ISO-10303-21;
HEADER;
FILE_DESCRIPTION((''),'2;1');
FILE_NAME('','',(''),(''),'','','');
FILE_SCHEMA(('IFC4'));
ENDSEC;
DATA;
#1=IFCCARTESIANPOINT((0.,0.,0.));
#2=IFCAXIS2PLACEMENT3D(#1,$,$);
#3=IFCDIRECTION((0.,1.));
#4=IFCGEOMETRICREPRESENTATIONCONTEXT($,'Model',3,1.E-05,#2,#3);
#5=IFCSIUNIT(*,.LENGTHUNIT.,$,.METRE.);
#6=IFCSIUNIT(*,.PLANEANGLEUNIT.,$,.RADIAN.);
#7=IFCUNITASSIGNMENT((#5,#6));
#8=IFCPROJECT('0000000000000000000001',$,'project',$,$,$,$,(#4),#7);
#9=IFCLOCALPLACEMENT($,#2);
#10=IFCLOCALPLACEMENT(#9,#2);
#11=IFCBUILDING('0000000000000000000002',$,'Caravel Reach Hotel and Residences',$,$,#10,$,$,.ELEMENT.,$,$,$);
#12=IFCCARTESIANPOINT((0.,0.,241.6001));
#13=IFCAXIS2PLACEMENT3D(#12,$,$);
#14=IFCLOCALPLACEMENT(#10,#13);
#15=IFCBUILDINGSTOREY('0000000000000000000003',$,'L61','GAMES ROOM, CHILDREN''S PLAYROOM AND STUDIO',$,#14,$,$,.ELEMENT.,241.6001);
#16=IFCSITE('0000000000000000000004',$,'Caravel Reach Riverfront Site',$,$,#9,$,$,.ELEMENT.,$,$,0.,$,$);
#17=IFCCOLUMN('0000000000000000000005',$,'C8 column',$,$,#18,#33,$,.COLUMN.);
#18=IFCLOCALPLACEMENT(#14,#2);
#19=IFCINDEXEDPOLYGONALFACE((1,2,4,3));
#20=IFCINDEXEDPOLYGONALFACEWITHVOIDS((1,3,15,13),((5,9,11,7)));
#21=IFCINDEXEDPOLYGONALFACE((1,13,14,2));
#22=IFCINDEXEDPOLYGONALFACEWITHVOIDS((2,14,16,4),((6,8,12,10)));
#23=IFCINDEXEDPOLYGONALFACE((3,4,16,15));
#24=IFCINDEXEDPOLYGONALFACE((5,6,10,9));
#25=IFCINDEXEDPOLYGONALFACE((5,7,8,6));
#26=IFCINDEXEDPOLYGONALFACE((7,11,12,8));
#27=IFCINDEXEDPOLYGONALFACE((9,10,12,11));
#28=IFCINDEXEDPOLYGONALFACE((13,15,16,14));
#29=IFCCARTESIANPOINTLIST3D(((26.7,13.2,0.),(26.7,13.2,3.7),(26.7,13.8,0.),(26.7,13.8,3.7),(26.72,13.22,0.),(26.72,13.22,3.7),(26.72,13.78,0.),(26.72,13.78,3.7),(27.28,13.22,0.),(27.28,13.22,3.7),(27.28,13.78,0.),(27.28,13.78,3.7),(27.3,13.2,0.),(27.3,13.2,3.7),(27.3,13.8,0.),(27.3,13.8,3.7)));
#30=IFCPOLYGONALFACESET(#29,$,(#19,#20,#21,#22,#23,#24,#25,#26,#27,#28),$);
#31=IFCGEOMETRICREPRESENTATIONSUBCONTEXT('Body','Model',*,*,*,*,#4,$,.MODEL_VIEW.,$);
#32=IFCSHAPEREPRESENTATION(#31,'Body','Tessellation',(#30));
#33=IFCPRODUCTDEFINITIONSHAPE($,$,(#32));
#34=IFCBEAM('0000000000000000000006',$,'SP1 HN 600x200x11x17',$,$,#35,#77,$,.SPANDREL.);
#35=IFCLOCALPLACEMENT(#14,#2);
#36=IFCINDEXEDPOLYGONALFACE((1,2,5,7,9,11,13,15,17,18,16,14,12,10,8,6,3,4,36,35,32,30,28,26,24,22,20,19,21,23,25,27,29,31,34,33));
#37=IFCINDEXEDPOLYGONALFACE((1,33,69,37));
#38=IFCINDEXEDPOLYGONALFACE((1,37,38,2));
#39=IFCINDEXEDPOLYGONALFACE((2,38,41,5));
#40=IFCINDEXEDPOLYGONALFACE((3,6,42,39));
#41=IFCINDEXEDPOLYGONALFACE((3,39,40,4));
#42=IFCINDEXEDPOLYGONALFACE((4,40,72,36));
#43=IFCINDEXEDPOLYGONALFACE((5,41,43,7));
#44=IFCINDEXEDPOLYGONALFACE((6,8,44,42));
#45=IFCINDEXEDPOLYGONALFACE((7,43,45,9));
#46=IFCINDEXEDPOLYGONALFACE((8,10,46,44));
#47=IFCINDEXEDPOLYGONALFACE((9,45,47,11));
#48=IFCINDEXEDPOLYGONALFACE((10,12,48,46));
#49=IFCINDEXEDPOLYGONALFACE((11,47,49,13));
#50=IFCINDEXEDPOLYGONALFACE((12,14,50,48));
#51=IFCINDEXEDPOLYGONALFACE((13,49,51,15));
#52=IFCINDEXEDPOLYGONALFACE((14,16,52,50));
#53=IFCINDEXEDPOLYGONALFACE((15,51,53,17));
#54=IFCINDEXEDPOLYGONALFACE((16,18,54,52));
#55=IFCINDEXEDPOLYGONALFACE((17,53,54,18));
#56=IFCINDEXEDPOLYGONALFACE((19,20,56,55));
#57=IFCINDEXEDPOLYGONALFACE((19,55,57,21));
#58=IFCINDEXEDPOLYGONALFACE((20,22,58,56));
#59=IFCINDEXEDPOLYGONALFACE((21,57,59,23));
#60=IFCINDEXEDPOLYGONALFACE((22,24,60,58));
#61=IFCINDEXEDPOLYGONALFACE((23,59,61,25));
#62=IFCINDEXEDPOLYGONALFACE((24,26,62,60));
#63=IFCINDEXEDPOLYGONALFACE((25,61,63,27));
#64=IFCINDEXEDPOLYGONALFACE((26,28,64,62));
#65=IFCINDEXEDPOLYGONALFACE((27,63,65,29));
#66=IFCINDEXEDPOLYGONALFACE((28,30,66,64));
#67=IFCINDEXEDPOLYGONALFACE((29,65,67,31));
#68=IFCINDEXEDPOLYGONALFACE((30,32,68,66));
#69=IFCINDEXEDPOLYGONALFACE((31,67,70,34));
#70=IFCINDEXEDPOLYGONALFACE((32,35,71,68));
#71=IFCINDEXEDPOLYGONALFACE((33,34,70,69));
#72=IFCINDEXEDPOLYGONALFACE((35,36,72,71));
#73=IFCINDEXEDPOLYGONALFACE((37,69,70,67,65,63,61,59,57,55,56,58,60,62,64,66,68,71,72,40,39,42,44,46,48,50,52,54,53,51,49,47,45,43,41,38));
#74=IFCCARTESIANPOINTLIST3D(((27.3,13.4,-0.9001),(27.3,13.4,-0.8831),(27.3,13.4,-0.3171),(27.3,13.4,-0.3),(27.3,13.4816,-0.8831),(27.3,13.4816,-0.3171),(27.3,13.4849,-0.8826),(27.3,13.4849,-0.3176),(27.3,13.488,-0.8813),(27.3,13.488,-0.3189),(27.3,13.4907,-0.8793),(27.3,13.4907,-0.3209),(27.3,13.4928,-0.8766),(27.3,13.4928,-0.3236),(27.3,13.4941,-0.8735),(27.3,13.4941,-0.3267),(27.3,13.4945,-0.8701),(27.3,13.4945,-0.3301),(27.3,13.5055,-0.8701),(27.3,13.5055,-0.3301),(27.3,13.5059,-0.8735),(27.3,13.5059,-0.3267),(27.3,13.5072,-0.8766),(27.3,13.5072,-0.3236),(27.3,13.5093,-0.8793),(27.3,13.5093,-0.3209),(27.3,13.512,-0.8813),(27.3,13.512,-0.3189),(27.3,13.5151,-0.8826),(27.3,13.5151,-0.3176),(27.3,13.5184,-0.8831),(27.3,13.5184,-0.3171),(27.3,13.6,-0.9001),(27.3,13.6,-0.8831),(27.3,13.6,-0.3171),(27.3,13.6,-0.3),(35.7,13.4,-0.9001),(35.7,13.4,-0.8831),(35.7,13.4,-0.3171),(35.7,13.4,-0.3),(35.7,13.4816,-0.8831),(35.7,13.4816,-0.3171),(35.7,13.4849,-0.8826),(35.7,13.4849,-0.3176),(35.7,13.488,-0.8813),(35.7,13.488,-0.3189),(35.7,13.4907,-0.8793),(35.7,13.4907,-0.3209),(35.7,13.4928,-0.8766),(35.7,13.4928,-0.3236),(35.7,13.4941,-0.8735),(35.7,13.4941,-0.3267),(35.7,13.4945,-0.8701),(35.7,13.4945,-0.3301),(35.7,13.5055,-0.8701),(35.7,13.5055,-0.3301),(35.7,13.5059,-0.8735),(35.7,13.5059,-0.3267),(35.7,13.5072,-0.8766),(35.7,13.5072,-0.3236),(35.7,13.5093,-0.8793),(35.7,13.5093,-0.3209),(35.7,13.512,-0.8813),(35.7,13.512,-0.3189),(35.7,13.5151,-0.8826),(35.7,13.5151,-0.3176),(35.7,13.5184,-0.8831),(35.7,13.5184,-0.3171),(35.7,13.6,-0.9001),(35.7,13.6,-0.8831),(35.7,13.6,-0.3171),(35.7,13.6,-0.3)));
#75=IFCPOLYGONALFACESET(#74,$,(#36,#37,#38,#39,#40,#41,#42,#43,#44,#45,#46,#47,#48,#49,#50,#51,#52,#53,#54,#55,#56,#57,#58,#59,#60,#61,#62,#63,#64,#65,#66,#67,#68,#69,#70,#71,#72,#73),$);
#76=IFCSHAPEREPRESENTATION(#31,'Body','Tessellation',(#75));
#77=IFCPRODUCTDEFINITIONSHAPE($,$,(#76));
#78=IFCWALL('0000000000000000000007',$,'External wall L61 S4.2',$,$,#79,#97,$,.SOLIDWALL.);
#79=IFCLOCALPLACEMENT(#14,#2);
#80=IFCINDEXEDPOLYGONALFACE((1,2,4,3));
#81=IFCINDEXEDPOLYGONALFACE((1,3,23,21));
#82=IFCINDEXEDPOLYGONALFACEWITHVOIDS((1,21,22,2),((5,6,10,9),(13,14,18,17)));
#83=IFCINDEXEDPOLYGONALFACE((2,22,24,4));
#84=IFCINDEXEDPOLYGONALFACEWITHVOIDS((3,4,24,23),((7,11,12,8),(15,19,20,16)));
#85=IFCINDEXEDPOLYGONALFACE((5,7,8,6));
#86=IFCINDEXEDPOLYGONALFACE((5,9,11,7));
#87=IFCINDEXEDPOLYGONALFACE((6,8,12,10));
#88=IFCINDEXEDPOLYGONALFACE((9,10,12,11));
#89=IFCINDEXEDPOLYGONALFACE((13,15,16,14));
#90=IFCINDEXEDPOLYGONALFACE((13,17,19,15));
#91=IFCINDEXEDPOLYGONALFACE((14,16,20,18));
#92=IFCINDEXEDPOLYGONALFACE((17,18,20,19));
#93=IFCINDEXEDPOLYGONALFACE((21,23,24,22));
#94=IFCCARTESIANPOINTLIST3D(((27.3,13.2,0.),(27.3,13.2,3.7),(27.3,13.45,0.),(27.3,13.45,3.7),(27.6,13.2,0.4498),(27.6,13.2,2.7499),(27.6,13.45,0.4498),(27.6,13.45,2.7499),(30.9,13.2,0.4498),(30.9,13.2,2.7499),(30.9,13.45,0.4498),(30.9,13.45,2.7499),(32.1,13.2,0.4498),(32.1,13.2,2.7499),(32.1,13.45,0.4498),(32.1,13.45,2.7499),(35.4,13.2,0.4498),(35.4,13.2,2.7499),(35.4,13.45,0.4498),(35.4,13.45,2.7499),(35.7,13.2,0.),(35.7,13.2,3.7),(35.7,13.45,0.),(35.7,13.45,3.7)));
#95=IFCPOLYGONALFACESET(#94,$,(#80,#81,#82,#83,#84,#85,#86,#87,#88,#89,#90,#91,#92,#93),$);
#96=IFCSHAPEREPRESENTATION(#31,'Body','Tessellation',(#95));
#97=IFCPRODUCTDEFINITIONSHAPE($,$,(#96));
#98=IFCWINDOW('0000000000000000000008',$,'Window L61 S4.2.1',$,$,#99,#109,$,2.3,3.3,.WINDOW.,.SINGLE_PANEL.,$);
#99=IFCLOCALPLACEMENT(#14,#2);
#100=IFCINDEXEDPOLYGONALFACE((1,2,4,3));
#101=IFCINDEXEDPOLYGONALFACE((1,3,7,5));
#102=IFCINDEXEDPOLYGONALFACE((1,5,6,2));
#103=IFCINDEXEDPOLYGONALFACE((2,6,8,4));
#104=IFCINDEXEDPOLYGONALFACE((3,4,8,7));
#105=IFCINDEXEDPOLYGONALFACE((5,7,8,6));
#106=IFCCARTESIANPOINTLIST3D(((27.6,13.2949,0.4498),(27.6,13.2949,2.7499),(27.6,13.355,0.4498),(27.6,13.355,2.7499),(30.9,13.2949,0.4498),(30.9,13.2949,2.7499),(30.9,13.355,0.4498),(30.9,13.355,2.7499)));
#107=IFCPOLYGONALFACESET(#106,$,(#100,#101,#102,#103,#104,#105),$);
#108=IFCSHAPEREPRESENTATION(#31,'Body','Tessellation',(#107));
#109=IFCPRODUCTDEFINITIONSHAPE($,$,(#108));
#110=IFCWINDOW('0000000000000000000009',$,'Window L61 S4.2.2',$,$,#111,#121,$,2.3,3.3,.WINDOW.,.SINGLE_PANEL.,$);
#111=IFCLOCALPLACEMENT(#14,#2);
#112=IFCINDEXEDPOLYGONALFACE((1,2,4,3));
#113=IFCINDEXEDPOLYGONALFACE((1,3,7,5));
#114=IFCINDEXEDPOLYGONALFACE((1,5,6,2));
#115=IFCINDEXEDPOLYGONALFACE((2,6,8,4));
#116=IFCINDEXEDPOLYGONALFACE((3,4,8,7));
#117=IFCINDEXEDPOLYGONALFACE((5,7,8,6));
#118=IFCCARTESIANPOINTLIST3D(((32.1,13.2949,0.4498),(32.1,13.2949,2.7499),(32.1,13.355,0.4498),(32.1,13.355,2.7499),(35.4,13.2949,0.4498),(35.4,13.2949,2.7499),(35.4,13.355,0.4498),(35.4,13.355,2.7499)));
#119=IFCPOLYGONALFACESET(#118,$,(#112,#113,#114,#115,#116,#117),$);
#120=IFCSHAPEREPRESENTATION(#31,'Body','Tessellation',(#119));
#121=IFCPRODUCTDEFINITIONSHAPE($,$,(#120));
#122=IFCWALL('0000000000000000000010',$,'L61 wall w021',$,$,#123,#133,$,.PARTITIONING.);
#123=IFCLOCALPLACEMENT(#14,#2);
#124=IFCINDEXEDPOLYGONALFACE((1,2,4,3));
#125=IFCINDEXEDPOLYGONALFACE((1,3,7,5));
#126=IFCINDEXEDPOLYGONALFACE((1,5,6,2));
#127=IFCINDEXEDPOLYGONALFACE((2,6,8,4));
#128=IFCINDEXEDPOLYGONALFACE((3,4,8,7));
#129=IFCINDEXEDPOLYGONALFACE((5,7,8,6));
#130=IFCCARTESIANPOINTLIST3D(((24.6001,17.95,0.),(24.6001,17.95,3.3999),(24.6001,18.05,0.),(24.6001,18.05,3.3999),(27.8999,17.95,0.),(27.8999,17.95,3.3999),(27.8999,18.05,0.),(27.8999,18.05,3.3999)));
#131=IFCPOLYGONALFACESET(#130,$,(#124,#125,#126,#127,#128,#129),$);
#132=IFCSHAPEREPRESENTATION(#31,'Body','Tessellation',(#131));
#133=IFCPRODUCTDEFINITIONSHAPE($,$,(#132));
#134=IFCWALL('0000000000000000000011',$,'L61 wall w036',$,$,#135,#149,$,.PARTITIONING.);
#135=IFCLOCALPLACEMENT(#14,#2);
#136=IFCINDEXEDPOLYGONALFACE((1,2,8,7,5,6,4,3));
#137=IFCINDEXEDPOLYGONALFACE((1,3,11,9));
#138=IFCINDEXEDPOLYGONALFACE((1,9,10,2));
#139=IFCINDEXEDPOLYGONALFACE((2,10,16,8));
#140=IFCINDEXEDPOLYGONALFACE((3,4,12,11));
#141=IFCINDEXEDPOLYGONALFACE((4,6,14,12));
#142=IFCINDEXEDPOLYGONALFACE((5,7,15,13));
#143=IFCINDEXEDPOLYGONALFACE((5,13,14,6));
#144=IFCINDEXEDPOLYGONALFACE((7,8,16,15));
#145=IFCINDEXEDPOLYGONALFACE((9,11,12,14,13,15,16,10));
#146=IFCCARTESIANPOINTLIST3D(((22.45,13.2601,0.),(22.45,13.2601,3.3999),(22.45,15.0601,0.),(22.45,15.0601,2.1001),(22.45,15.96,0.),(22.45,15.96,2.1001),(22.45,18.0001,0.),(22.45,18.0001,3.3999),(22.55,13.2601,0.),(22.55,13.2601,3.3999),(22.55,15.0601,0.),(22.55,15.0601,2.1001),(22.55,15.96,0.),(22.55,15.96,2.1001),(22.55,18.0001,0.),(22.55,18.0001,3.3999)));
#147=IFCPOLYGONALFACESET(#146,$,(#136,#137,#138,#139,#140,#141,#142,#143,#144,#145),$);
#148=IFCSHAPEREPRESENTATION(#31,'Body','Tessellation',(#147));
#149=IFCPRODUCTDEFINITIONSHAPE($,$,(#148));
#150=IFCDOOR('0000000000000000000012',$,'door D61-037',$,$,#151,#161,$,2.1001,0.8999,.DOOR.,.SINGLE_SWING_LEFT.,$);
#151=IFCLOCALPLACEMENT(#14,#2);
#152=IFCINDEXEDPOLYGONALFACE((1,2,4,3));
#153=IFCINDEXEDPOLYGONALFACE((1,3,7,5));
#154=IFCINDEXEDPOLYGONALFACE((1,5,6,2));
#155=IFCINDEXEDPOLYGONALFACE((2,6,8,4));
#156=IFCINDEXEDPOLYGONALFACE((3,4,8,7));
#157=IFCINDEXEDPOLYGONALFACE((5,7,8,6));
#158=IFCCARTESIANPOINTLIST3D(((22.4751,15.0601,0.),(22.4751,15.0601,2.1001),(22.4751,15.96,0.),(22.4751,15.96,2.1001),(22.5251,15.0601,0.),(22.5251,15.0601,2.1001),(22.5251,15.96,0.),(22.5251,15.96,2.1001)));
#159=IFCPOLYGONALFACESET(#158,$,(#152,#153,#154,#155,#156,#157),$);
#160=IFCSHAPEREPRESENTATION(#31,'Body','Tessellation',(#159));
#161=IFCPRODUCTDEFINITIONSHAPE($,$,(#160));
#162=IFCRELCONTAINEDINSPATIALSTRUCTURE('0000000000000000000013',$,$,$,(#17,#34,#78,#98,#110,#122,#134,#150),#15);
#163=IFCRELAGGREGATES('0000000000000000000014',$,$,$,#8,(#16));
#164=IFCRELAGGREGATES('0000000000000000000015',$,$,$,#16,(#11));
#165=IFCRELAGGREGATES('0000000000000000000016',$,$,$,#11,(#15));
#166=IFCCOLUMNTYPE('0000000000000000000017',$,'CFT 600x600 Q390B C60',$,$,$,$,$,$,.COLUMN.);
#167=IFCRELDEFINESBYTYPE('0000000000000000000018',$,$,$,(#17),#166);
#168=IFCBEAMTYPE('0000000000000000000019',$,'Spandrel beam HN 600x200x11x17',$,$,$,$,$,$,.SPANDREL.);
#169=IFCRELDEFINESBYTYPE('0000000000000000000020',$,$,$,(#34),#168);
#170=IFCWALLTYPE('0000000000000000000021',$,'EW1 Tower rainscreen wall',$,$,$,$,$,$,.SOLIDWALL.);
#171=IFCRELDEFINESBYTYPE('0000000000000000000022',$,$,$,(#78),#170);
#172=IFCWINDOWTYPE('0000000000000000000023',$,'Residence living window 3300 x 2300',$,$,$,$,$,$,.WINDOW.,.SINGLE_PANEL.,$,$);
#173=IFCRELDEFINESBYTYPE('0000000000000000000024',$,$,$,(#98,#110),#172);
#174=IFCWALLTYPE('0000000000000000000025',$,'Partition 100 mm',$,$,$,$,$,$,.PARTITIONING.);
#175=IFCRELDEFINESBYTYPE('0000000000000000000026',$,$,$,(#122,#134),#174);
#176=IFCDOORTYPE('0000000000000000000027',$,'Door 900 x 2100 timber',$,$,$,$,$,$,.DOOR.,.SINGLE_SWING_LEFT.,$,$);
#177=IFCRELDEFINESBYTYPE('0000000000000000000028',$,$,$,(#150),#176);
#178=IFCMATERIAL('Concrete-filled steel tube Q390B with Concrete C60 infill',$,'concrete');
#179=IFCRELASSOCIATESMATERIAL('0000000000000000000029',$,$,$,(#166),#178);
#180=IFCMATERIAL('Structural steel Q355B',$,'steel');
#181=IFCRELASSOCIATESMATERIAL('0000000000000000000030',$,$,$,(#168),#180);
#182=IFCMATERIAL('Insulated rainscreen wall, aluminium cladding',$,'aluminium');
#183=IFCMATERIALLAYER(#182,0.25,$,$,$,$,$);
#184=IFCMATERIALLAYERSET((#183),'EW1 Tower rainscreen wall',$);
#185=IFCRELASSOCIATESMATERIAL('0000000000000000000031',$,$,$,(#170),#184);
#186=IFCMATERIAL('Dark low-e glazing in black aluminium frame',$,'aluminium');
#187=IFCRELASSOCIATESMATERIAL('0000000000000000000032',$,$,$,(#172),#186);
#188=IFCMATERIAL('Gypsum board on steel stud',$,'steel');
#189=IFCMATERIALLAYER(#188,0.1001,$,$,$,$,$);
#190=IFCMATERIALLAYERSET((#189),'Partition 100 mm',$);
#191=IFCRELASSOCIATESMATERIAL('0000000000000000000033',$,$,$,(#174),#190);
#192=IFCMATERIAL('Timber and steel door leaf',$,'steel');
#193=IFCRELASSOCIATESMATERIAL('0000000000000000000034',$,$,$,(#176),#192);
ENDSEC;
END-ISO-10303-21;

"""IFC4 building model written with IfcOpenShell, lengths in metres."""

from ifc_helpers import new_model, si_unit, direction, frame, frame_2d, origin, origin_2d, place, context, subcontext, project, spatial, rectangle, hollow_rectangle, i_section, extrude, material, layer, layer_set, material_profile, profile_set, type_object, element, fill, save


model = new_model("IFC4")

# Units and contexts
model_context = context("Model", 3, precision=1e-05, world=origin(), true_north=direction((0.0, 1.0)))
body_context = subcontext(model_context, "Body", "Model", "MODEL_VIEW")
ifc_project = project(units=[si_unit("LENGTHUNIT", "METRE"), si_unit("PLANEANGLEUNIT", "RADIAN")], contexts=[model_context])

# Site, building, storey
site_placement = place(None, origin())
site = spatial("IfcSite", under=ifc_project, at=site_placement, Name="Caravel Reach Riverfront Site", CompositionType="ELEMENT", RefElevation=0.0)
building_placement = place(site_placement, origin())
building = spatial("IfcBuilding", under=site, at=building_placement, Name="Caravel Reach Hotel and Residences", CompositionType="ELEMENT")
storey_placement = place(building_placement, frame((0.0, 0.0, 241.6001)))
storey = spatial("IfcBuildingStorey", under=building, at=storey_placement, Name="L61", Description="GAMES ROOM, CHILDREN'S PLAYROOM AND STUDIO", CompositionType="ELEMENT", Elevation=241.6001)

# Column
ifc_material_1 = material(Name="Concrete-filled steel tube Q390B with Concrete C60 infill", Category="concrete")
ifc_material_profile_1 = material_profile(ifc_material_1, hollow_rectangle(XDim=0.6001, YDim=0.6001, WallThickness=0.02, at=origin_2d()), Name="RHS 600x600x20")
ifc_profile_set_1 = profile_set([ifc_material_profile_1], Name="Concrete-filled steel tube Q390B with Concrete C60 infill")
column_type = type_object("IfcColumnType", Name="CFT 600x600 Q390B C60", PredefinedType="COLUMN", material=ifc_profile_set_1)
column_placement = place(storey_placement, frame((27.0, 13.5, 0.0), z_axis=(0.0, 0.0, 1.0), x_axis=(1.0, 0.0, 0.0)))
element("IfcColumn", 1, at=column_placement, inside=storey, type_object=column_type, Name="C8 column", PredefinedType="COLUMN", context=body_context, shape_type="SweptSolid", body=[
    extrude(hollow_rectangle(XDim=0.6001, YDim=0.6001, WallThickness=0.02, at=origin_2d()), origin(), (0.0, 0.0, 1.0), 3.7),
])

# Beam
ifc_material_2 = material(Name="Structural steel Q355B", Category="steel")
ifc_material_profile_2 = material_profile(ifc_material_2, i_section(OverallWidth=0.2, OverallDepth=0.6001, WebThickness=0.011, FlangeThickness=0.0171, FilletRadius=0.0129, at=origin_2d()), Name="HN 600x200x11x17")
ifc_profile_set_2 = profile_set([ifc_material_profile_2], Name="Structural steel Q355B")
beam_type = type_object("IfcBeamType", Name="Spandrel beam HN 600x200x11x17", PredefinedType="SPANDREL", material=ifc_profile_set_2)
beam_placement = place(storey_placement, frame((27.3, 13.5, -0.6001), z_axis=(1.0, 0.0, 0.0), x_axis=(0.0, 1.0, 0.0)))
element("IfcBeam", 2, at=beam_placement, inside=storey, type_object=beam_type, Name="SP1 HN 600x200x11x17", PredefinedType="SPANDREL", context=body_context, shape_type="SweptSolid", body=[
    extrude(i_section(OverallWidth=0.2, OverallDepth=0.6001, WebThickness=0.011, FlangeThickness=0.0171, FilletRadius=0.0129, at=origin_2d()), origin(), (0.0, 0.0, 1.0), 8.3999),
])

# Wall, openings, windows
ifc_material_3 = material(Name="Insulated rainscreen wall, aluminium cladding", Category="aluminium")
ifc_layer_1 = layer(ifc_material_3, 0.25)
ifc_layer_set_1 = layer_set([ifc_layer_1], Name="EW1 Tower rainscreen wall")
wall_type_1 = type_object("IfcWallType", Name="EW1 Tower rainscreen wall", PredefinedType="SOLIDWALL", material=ifc_layer_set_1)
wall_1_placement = place(storey_placement, frame((27.3, 13.325, 0.0), z_axis=(0.0, 0.0, 1.0), x_axis=(1.0, 0.0, 0.0)))
wall_1 = element("IfcWall", 3, at=wall_1_placement, inside=storey, type_object=wall_type_1, Name="External wall L61 S4.2", PredefinedType="SOLIDWALL", context=body_context, shape_type="SweptSolid", body=[
    extrude(rectangle(XDim=8.3999, YDim=0.25, at=frame_2d((4.2, 0.0))), origin(), (0.0, 0.0, 1.0), 3.7),
])
opening_1_placement = place(wall_1_placement, frame((0.3, 0.0, 0.45)))
opening_1 = element("IfcOpeningElement", 4, at=opening_1_placement, cuts=wall_1, PredefinedType="OPENING", context=body_context, shape_type="SweptSolid", body=[
    extrude(rectangle(XDim=3.3, YDim=2.3, at=frame_2d((1.6499, 1.1499))), frame((0.0, 0.135, 0.0), z_axis=(0.0, -1.0, 0.0), x_axis=(1.0, 0.0, 0.0)), (0.0, 0.0, 1.0), 0.27),
])
opening_2_placement = place(wall_1_placement, frame((4.8, 0.0, 0.45)))
opening_2 = element("IfcOpeningElement", 5, at=opening_2_placement, cuts=wall_1, PredefinedType="OPENING", context=body_context, shape_type="SweptSolid", body=[
    extrude(rectangle(XDim=3.3, YDim=2.3, at=frame_2d((1.6499, 1.1499))), frame((0.0, 0.135, 0.0), z_axis=(0.0, -1.0, 0.0), x_axis=(1.0, 0.0, 0.0)), (0.0, 0.0, 1.0), 0.27),
])
ifc_material_4 = material(Name="Dark low-e glazing in black aluminium frame", Category="aluminium")
window_type = type_object("IfcWindowType", Name="Residence living window 3300 x 2300", PartitioningType="SINGLE_PANEL", PredefinedType="WINDOW", material=ifc_material_4)
window_1_placement = place(opening_1_placement, origin())
window_1 = element("IfcWindow", 6, at=window_1_placement, inside=storey, type_object=window_type, Name="Window L61 S4.2.1", OverallHeight=2.3, OverallWidth=3.3, PartitioningType="SINGLE_PANEL", PredefinedType="WINDOW", context=body_context, shape_type="SweptSolid", body=[
    extrude(rectangle(XDim=3.3, YDim=2.3, at=frame_2d((1.6499, 1.1499))), frame((0.0, 0.03, 0.0), z_axis=(0.0, -1.0, 0.0), x_axis=(1.0, 0.0, 0.0)), (0.0, 0.0, 1.0), 0.0601),
])
fill(opening_1, window_1)
window_2_placement = place(opening_2_placement, origin())
window_2 = element("IfcWindow", 7, at=window_2_placement, inside=storey, type_object=window_type, Name="Window L61 S4.2.2", OverallHeight=2.3, OverallWidth=3.3, PartitioningType="SINGLE_PANEL", PredefinedType="WINDOW", context=body_context, shape_type="SweptSolid", body=[
    extrude(rectangle(XDim=3.3, YDim=2.3, at=frame_2d((1.6499, 1.1499))), frame((0.0, 0.03, 0.0), z_axis=(0.0, -1.0, 0.0), x_axis=(1.0, 0.0, 0.0)), (0.0, 0.0, 1.0), 0.0601),
])
fill(opening_2, window_2)

# Wall
ifc_material_5 = material(Name="Gypsum board on steel stud", Category="steel")
ifc_layer_2 = layer(ifc_material_5, 0.1001)
ifc_layer_set_2 = layer_set([ifc_layer_2], Name="Partition 100 mm")
wall_type_2 = type_object("IfcWallType", Name="Partition 100 mm", PredefinedType="PARTITIONING", material=ifc_layer_set_2)
wall_2_placement = place(storey_placement, frame((24.6001, 18.0, 0.0), z_axis=(0.0, 0.0, 1.0), x_axis=(1.0, 0.0, 0.0)))
element("IfcWall", 8, at=wall_2_placement, inside=storey, type_object=wall_type_2, Name="L61 wall w021", PredefinedType="PARTITIONING", context=body_context, shape_type="SweptSolid", body=[
    extrude(rectangle(XDim=3.2998, YDim=0.1001, at=frame_2d((1.6499, 0.0))), origin(), (0.0, 0.0, 1.0), 3.3999),
])

# Wall, opening, door
wall_3_placement = place(storey_placement, frame((22.5, 13.26, 0.0), z_axis=(0.0, 0.0, 1.0), x_axis=(0.0, 1.0, 0.0)))
wall_3 = element("IfcWall", 9, at=wall_3_placement, inside=storey, type_object=wall_type_2, Name="L61 wall w036", PredefinedType="PARTITIONING", context=body_context, shape_type="SweptSolid", body=[
    extrude(rectangle(XDim=4.74, YDim=0.1001, at=frame_2d((2.3701, 0.0))), origin(), (0.0, 0.0, 1.0), 3.3999),
])
opening_3_placement = place(wall_3_placement, frame((1.8, 0.0, 0.0)))
opening_3 = element("IfcOpeningElement", 10, at=opening_3_placement, cuts=wall_3, PredefinedType="OPENING", context=body_context, shape_type="SweptSolid", body=[
    extrude(rectangle(XDim=0.8999, YDim=2.1001, at=frame_2d((0.45, 1.05))), frame((0.0, 0.0601, 0.0), z_axis=(0.0, -1.0, 0.0), x_axis=(1.0, 0.0, 0.0)), (0.0, 0.0, 1.0), 0.1201),
])
ifc_material_6 = material(Name="Timber and steel door leaf", Category="steel")
door_type = type_object("IfcDoorType", Name="Door 900 x 2100 timber", OperationType="SINGLE_SWING_LEFT", PredefinedType="DOOR", material=ifc_material_6)
door_1_placement = place(opening_3_placement, origin())
door_1 = element("IfcDoor", 11, at=door_1_placement, inside=storey, type_object=door_type, Name="door D61-037", OperationType="SINGLE_SWING_LEFT", OverallHeight=2.1001, OverallWidth=0.8999, PredefinedType="DOOR", context=body_context, shape_type="SweptSolid", body=[
    extrude(rectangle(XDim=0.8999, YDim=2.1001, at=frame_2d((0.45, 1.05))), frame((0.0, 0.0249, 0.0), z_axis=(0.0, -1.0, 0.0), x_axis=(1.0, 0.0, 0.0)), (0.0, 0.0, 1.0), 0.05),
])
fill(opening_3, door_1)

save(model, "model.ifc")
